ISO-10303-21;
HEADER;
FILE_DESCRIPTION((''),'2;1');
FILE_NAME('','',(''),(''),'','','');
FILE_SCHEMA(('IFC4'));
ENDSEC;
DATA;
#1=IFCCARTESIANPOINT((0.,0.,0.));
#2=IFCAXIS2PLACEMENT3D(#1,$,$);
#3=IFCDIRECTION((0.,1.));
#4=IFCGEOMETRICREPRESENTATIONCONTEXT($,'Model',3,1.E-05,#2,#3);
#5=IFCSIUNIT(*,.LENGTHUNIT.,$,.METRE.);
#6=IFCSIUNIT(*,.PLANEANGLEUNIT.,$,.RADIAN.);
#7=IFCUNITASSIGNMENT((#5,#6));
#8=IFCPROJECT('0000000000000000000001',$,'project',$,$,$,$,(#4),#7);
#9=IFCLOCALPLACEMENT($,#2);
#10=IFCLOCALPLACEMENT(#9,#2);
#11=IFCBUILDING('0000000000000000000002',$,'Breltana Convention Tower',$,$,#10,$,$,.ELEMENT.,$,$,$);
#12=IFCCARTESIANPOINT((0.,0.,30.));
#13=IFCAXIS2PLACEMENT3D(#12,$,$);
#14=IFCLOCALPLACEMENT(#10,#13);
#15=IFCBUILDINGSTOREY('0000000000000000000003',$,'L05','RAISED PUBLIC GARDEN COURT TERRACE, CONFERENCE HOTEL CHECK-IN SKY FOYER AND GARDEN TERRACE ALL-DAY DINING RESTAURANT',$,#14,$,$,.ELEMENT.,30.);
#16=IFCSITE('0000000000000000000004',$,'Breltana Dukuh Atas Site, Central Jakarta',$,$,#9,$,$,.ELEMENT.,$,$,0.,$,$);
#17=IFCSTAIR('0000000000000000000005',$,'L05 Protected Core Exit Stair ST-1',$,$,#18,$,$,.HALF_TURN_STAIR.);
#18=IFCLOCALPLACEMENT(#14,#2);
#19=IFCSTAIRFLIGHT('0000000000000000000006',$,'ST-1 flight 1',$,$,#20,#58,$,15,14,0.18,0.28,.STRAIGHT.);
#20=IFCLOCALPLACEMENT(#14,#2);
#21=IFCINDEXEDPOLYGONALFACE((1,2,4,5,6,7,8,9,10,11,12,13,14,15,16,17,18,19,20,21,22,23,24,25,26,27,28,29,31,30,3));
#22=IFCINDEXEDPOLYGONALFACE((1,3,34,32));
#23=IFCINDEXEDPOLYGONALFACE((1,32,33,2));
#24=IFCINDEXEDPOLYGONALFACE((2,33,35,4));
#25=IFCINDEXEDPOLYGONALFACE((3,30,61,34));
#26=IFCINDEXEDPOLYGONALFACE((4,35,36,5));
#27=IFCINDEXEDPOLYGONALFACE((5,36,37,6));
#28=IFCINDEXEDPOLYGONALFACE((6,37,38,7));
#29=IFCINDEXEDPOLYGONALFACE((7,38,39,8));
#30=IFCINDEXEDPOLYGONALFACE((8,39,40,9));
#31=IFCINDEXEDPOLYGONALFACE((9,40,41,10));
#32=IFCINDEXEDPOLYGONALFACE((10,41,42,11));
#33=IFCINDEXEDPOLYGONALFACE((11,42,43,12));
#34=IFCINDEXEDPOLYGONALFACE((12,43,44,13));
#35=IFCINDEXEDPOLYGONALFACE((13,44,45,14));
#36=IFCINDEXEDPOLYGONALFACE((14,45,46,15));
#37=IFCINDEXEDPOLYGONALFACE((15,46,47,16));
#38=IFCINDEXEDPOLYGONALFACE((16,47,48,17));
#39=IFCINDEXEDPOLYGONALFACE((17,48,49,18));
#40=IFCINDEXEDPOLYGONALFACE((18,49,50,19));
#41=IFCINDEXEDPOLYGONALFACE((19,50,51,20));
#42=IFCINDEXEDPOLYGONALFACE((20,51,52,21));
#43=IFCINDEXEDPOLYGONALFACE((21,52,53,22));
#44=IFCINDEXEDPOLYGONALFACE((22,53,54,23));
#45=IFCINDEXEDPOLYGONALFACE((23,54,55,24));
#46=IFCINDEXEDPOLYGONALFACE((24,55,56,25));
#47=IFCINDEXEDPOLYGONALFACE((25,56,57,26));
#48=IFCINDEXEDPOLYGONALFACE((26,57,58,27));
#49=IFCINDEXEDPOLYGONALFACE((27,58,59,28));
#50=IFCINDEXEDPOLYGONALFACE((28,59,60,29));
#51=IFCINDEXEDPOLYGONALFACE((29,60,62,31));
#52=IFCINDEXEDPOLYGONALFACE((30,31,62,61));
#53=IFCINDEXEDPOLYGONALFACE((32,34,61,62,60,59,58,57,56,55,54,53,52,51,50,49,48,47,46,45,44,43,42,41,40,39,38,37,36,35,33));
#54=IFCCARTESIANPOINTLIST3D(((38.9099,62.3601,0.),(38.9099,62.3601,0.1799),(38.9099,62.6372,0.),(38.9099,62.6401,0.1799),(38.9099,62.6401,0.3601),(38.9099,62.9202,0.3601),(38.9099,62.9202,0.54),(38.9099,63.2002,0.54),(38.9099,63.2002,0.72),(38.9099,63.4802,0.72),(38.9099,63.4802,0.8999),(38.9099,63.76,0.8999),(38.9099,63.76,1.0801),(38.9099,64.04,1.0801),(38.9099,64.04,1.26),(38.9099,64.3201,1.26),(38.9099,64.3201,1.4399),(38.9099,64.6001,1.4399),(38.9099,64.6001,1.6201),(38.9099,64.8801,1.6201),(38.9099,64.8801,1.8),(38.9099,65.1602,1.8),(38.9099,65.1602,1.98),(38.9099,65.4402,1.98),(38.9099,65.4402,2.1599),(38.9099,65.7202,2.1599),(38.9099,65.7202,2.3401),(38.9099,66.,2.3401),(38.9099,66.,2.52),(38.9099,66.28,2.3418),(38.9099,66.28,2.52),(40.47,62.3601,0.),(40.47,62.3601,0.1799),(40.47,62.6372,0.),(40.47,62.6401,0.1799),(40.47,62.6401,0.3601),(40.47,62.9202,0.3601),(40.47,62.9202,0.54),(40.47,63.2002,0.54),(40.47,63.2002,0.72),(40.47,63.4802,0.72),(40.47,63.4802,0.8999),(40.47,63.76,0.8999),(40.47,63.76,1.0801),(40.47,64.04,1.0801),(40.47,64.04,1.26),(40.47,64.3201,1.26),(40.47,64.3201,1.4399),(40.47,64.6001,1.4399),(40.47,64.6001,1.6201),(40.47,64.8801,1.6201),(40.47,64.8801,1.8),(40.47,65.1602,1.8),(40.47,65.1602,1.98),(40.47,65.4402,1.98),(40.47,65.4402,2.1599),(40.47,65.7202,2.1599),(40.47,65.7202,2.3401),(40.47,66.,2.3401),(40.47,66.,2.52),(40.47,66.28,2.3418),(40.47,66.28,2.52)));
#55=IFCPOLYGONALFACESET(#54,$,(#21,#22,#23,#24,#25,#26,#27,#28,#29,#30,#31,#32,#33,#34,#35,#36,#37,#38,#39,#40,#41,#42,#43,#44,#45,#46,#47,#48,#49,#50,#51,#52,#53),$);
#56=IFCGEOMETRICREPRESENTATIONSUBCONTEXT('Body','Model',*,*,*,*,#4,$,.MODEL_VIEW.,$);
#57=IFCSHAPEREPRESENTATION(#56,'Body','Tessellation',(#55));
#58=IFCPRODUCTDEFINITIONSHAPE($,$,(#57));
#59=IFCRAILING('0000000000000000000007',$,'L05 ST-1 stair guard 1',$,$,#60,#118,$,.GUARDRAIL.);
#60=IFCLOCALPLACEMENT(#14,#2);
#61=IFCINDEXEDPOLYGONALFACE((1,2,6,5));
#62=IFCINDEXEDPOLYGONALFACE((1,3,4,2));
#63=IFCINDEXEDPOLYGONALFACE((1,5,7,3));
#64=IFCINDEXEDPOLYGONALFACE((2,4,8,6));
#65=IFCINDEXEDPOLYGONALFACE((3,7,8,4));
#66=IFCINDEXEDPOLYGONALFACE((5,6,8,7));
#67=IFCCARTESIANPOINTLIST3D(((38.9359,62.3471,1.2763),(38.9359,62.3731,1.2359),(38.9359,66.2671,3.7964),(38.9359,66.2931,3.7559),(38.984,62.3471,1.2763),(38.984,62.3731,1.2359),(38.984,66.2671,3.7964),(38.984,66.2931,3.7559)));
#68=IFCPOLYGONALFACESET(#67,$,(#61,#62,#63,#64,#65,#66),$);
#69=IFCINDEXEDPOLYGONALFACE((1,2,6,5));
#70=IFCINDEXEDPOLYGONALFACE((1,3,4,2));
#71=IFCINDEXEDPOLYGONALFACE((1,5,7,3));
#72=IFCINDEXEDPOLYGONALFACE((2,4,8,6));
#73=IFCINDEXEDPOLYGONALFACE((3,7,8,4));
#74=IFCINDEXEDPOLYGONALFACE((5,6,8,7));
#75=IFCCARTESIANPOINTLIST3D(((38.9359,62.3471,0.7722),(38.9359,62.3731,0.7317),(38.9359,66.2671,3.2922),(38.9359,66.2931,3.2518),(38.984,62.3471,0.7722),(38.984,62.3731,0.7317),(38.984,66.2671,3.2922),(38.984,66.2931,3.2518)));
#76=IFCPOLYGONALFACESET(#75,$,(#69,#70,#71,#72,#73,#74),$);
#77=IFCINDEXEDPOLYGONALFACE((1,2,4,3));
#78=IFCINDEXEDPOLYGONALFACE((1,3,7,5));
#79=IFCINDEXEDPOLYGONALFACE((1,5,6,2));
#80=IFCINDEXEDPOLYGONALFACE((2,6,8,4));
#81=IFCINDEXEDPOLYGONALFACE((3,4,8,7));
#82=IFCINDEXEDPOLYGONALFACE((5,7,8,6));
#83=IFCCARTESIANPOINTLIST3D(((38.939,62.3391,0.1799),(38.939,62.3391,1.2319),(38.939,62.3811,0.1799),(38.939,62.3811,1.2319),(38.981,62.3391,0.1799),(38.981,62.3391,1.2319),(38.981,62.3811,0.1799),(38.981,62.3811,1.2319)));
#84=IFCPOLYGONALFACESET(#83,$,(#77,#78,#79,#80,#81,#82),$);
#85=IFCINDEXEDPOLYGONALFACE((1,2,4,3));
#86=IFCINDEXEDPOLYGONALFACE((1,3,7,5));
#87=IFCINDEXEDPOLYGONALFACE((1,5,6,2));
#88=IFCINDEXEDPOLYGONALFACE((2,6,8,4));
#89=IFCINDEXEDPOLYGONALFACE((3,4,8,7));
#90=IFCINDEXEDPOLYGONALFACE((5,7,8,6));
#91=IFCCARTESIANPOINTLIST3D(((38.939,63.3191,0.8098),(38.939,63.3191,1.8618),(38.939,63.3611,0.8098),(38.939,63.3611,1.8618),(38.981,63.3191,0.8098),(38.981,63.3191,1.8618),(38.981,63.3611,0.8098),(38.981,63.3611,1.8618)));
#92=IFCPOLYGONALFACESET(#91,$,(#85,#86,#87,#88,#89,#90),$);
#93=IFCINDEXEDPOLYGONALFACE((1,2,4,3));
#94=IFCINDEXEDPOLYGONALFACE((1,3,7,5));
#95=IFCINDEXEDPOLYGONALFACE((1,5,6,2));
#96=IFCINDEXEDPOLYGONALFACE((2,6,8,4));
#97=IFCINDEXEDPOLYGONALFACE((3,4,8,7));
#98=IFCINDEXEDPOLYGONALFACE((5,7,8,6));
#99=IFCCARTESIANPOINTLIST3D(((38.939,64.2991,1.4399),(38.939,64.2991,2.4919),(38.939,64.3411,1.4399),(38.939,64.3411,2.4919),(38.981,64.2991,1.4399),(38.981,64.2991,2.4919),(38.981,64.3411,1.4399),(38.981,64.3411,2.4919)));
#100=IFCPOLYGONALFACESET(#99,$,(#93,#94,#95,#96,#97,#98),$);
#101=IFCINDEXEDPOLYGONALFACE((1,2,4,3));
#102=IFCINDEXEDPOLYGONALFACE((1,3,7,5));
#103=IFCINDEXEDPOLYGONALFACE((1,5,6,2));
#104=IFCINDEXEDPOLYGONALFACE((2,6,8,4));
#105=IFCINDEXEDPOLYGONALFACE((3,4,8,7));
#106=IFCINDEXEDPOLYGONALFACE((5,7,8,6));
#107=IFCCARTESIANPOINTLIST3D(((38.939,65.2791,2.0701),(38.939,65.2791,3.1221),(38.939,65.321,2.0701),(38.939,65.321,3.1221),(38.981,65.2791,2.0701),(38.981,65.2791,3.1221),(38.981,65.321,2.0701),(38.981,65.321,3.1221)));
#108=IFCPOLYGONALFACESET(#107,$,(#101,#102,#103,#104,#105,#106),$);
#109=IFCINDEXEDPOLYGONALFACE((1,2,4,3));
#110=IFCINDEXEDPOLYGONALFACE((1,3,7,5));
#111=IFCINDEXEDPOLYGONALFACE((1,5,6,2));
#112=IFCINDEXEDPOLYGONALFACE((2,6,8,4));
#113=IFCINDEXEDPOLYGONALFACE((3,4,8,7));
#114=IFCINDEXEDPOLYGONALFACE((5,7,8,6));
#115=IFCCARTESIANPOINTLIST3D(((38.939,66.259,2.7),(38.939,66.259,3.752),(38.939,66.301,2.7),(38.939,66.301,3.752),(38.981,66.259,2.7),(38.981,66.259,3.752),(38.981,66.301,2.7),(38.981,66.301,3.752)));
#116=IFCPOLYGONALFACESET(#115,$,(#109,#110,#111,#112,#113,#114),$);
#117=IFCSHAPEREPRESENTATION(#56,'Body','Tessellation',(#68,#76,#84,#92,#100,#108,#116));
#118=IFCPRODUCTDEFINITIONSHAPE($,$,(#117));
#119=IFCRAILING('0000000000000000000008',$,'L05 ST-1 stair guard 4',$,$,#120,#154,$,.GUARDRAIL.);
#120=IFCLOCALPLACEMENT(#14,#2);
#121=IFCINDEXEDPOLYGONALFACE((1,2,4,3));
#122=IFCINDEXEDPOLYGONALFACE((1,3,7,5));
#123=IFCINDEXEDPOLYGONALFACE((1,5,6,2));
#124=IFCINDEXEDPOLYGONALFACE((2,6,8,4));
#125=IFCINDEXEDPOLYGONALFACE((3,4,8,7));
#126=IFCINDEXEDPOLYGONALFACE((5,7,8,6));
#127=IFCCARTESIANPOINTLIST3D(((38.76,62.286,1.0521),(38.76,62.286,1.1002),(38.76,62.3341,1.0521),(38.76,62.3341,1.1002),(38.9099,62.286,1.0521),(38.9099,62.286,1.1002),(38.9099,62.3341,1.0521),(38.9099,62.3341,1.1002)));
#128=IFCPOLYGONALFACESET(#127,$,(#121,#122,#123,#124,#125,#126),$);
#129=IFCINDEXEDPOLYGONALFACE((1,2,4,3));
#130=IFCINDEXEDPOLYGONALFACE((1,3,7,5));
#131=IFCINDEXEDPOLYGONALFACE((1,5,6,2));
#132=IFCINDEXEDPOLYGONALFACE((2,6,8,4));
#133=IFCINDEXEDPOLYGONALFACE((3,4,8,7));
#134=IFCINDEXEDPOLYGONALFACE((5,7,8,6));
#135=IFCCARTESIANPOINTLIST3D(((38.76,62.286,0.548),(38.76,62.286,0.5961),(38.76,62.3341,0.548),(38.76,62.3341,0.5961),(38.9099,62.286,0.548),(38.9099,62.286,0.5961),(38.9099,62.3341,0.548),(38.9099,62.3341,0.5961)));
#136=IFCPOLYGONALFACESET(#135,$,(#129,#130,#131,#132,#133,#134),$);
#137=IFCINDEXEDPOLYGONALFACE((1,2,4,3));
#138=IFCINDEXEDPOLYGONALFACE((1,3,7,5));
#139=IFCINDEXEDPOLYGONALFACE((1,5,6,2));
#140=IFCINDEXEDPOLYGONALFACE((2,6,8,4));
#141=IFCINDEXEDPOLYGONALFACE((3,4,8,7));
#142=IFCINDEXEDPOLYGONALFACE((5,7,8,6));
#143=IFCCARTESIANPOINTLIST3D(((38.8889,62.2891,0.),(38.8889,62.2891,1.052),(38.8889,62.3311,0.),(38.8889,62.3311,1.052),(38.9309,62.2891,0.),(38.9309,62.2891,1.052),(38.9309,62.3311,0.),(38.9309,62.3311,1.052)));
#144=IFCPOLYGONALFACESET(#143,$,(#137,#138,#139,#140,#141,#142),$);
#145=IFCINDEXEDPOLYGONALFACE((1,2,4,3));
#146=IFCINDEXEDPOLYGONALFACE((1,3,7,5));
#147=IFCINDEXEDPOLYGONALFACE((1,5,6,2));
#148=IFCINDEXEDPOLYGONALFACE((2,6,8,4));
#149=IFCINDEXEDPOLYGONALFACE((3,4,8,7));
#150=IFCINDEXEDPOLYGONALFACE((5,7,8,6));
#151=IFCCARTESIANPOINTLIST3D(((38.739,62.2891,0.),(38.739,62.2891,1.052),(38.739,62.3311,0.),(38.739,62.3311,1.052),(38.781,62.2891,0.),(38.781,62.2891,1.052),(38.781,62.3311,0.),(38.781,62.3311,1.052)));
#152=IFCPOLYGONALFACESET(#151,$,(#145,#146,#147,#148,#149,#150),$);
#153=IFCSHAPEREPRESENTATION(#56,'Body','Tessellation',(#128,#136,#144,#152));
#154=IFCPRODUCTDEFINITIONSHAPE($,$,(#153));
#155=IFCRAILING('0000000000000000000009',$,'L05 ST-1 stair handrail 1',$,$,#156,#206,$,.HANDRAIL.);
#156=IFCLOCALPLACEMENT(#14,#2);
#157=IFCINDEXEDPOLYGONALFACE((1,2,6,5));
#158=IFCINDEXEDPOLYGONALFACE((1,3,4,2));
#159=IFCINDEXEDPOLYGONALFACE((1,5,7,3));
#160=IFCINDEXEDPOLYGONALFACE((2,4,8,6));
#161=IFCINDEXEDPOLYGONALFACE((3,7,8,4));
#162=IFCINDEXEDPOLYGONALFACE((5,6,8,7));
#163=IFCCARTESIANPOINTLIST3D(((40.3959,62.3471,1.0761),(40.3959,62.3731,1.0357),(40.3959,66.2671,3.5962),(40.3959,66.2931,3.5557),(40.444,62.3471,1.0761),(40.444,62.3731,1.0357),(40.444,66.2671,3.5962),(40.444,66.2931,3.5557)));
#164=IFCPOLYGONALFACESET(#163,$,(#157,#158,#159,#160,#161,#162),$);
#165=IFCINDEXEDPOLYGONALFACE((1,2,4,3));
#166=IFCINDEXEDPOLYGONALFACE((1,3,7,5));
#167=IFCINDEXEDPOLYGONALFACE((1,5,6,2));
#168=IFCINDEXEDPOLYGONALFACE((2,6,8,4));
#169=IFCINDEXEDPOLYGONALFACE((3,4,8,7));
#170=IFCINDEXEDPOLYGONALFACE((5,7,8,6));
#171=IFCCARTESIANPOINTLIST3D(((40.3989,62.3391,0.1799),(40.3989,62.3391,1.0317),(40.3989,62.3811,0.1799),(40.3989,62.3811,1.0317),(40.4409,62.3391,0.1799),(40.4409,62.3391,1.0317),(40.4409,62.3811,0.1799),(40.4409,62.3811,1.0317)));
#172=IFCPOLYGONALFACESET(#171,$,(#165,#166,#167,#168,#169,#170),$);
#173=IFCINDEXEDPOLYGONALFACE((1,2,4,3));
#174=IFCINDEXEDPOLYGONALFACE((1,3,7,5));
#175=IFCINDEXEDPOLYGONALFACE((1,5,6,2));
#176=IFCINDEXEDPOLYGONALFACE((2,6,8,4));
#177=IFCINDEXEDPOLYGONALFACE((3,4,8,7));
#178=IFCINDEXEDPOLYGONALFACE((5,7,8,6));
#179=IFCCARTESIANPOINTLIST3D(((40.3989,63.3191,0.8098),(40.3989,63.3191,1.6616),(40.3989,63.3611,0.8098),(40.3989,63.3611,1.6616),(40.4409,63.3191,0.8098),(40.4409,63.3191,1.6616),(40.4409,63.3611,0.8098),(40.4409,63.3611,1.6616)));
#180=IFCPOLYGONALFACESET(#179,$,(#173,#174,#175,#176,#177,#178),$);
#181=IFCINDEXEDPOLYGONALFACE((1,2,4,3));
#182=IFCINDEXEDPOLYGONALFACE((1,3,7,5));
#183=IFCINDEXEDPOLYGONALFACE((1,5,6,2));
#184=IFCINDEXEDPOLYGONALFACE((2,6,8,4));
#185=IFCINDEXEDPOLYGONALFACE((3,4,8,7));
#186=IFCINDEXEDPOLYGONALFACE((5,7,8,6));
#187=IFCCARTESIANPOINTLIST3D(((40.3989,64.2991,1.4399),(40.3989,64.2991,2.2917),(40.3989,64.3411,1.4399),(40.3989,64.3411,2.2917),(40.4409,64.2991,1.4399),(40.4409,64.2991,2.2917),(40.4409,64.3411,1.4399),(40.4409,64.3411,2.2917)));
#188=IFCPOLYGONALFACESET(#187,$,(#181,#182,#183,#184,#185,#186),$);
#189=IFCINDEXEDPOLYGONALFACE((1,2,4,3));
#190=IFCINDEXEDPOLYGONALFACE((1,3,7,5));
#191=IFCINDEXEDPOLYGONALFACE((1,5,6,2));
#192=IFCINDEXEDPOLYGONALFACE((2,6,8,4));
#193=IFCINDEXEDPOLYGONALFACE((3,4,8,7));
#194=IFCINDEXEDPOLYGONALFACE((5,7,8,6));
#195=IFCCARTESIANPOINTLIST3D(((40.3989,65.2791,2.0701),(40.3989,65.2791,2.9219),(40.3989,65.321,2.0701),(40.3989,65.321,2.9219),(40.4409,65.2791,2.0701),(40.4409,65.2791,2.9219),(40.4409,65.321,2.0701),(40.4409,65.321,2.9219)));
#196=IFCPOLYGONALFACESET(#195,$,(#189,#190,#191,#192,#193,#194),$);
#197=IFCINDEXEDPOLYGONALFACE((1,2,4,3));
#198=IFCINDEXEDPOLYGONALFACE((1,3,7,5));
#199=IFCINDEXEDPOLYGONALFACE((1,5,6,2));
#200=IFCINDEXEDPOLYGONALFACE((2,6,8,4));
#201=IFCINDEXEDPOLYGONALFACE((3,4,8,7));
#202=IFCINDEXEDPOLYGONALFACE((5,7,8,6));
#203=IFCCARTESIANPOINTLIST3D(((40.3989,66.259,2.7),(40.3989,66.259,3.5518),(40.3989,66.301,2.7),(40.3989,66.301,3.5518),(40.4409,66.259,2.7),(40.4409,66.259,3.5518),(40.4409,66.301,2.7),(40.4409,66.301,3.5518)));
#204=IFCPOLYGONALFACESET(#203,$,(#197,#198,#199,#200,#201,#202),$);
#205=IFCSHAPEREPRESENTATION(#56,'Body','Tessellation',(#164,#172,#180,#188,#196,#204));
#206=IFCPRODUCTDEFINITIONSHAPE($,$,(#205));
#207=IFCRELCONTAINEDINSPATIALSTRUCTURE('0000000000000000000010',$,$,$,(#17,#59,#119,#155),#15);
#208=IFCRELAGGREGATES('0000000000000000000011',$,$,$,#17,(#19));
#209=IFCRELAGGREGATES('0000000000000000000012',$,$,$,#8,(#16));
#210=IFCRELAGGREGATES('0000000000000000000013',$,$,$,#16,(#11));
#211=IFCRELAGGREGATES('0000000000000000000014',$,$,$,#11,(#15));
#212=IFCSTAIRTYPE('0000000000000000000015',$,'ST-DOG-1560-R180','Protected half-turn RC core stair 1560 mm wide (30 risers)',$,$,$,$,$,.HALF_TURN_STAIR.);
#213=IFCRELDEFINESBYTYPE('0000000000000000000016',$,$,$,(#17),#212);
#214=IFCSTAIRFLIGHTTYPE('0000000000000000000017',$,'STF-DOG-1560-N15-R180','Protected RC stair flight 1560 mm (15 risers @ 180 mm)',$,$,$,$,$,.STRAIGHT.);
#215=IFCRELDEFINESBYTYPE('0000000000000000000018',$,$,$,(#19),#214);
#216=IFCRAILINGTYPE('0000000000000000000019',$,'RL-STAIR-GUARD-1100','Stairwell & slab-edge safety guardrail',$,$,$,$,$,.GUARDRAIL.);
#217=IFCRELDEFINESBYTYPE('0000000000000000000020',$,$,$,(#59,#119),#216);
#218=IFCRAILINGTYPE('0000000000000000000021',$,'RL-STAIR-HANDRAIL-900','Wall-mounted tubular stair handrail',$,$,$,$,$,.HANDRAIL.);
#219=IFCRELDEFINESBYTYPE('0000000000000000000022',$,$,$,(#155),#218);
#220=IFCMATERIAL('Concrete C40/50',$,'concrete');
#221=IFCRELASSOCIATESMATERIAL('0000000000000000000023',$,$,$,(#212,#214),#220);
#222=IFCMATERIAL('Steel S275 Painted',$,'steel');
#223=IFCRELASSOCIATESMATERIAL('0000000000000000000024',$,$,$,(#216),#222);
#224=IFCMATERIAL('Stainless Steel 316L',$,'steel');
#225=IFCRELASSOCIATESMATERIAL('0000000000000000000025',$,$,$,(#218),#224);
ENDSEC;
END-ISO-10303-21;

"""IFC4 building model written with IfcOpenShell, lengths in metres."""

from ifc_helpers import new_model, si_unit, direction, frame, origin, origin_2d, place, context, subcontext, project, spatial, polyline, rectangle, outline, extrude, material, type_object, element, aggregate, save


model = new_model("IFC4")

# Units and contexts
model_context = context("Model", 3, precision=1e-05, world=origin(), true_north=direction((0.0, 1.0)))
body_context = subcontext(model_context, "Body", "Model", "MODEL_VIEW")
ifc_project = project(units=[si_unit("LENGTHUNIT", "METRE"), si_unit("PLANEANGLEUNIT", "RADIAN")], contexts=[model_context])

# Site, building, storey
site_placement = place(None, origin())
site = spatial("IfcSite", under=ifc_project, at=site_placement, Name="Breltana Dukuh Atas Site, Central Jakarta", CompositionType="ELEMENT", RefElevation=0.0)
building_placement = place(site_placement, origin())
building = spatial("IfcBuilding", under=site, at=building_placement, Name="Breltana Convention Tower", CompositionType="ELEMENT")
storey_placement = place(building_placement, frame((0.0, 0.0, 30.0)))
storey = spatial("IfcBuildingStorey", under=building, at=storey_placement, Name="L05", Description="RAISED PUBLIC GARDEN COURT TERRACE, CONFERENCE HOTEL CHECK-IN SKY FOYER AND GARDEN TERRACE ALL-DAY DINING RESTAURANT", CompositionType="ELEMENT", Elevation=30.0)

# Stair, stair flight
ifc_material_1 = material(Name="Concrete C40/50", Category="concrete")
stair_type = type_object("IfcStairType", Name="ST-DOG-1560-R180", Description="Protected half-turn RC core stair 1560 mm wide (30 risers)", PredefinedType="HALF_TURN_STAIR", material=ifc_material_1)
stair_placement = place(storey_placement, origin())
stair = element("IfcStair", 1, at=stair_placement, inside=storey, type_object=stair_type, Name="L05 Protected Core Exit Stair ST-1", PredefinedType="HALF_TURN_STAIR")
stair_flight_type = type_object("IfcStairFlightType", Name="STF-DOG-1560-N15-R180", Description="Protected RC stair flight 1560 mm (15 risers @ 180 mm)", PredefinedType="STRAIGHT", material=ifc_material_1)
stair_flight_placement = place(storey_placement, frame((39.6899, 62.3601, 0.0), z_axis=(0.0, 0.0, 1.0), x_axis=(0.0, 1.0, 0.0)))
stair_flight = element("IfcStairFlight", 2, at=stair_flight_placement, type_object=stair_flight_type, Name="ST-1 flight 1", NumberOfRisers=15, NumberOfTreads=14, PredefinedType="STRAIGHT", RiserHeight=0.18, TreadLength=0.28, context=body_context, shape_type="SweptSolid", body=[
    extrude(outline(polyline([(0.0, 0.0), (0.0, 0.1799), (0.28, 0.1799), (0.28, 0.3601), (0.5601, 0.3601), (0.5601, 0.54), (0.8401, 0.54), (0.8401, 0.72), (1.1201, 0.72), (1.1201, 0.8999), (1.3999, 0.8999), (1.3999, 1.0801), (1.6799, 1.0801), (1.6799, 1.26), (1.96, 1.26), (1.96, 1.4399), (2.24, 1.4399), (2.24, 1.6201), (2.52, 1.6201), (2.52, 1.8), (2.8, 1.8), (2.8, 1.98), (3.0801, 1.98), (3.0801, 2.1599), (3.3601, 2.1599), (3.3601, 2.3401), (3.6399, 2.3401), (3.6399, 2.52), (3.9199, 2.52), (3.9199, 2.7), (3.9199, 2.3418), (0.2771, 0.0), (0.0, 0.0)])), frame((0.0, 0.78, 0.0), z_axis=(0.0, -1.0, 0.0), x_axis=(1.0, 0.0, 0.0)), (0.0, 0.0, 1.0), 1.5601),
])
aggregate(stair, [stair_flight])

# Railings
ifc_material_2 = material(Name="Steel S275 Painted", Category="steel")
railing_type_1 = type_object("IfcRailingType", Name="RL-STAIR-GUARD-1100", Description="Stairwell & slab-edge safety guardrail", PredefinedType="GUARDRAIL", material=ifc_material_2)
railing_1_placement = place(storey_placement, frame((38.96, 62.3601, 0.1799)))
element("IfcRailing", 3, at=railing_1_placement, inside=storey, type_object=railing_type_1, Name="L05 ST-1 stair guard 1", PredefinedType="GUARDRAIL", context=body_context, shape_type="SweptSolid", body=[
    extrude(rectangle(XDim=0.0481, YDim=0.0481, at=origin_2d()), frame((0.0, 0.0, 1.0762), z_axis=(0.0, 0.841172, 0.540768), x_axis=(-1.0, 0.0, 0.0)), (0.0, 0.0, 1.0), 4.6602),
    extrude(rectangle(XDim=0.0481, YDim=0.0481, at=origin_2d()), frame((0.0, 0.0, 0.572), z_axis=(0.0, 0.841172, 0.540768), x_axis=(-1.0, 0.0, 0.0)), (0.0, 0.0, 1.0), 4.6602),
    extrude(rectangle(XDim=0.042, YDim=0.042, at=origin_2d()), origin(), (0.0, 0.0, 1.0), 1.052),
    extrude(rectangle(XDim=0.042, YDim=0.042, at=origin_2d()), frame((0.0, 0.98, 0.6299)), (0.0, 0.0, 1.0), 1.052),
    extrude(rectangle(XDim=0.042, YDim=0.042, at=origin_2d()), frame((0.0, 1.96, 1.26)), (0.0, 0.0, 1.0), 1.052),
    extrude(rectangle(XDim=0.042, YDim=0.042, at=origin_2d()), frame((0.0, 2.9399, 1.8901)), (0.0, 0.0, 1.0), 1.052),
    extrude(rectangle(XDim=0.042, YDim=0.042, at=origin_2d()), frame((0.0, 3.9199, 2.52)), (0.0, 0.0, 1.0), 1.052),
])
railing_2_placement = place(storey_placement, frame((38.9099, 62.3101, 0.0)))
element("IfcRailing", 4, at=railing_2_placement, inside=storey, type_object=railing_type_1, Name="L05 ST-1 stair guard 4", PredefinedType="GUARDRAIL", context=body_context, shape_type="SweptSolid", body=[
    extrude(rectangle(XDim=0.0481, YDim=0.0481, at=origin_2d()), frame((0.0, 0.0, 1.0762), z_axis=(-1.0, 0.0, 0.0), x_axis=(0.0, -1.0, 0.0)), (0.0, 0.0, 1.0), 0.1499),
    extrude(rectangle(XDim=0.0481, YDim=0.0481, at=origin_2d()), frame((0.0, 0.0, 0.572), z_axis=(-1.0, 0.0, 0.0), x_axis=(0.0, -1.0, 0.0)), (0.0, 0.0, 1.0), 0.1499),
    extrude(rectangle(XDim=0.042, YDim=0.042, at=origin_2d()), origin(), (0.0, 0.0, 1.0), 1.052),
    extrude(rectangle(XDim=0.042, YDim=0.042, at=origin_2d()), frame((-0.1499, 0.0, 0.0)), (0.0, 0.0, 1.0), 1.052),
])
ifc_material_3 = material(Name="Stainless Steel 316L", Category="steel")
railing_type_2 = type_object("IfcRailingType", Name="RL-STAIR-HANDRAIL-900", Description="Wall-mounted tubular stair handrail", PredefinedType="HANDRAIL", material=ifc_material_3)
railing_3_placement = place(storey_placement, frame((40.4199, 62.3601, 0.1799)))
element("IfcRailing", 5, at=railing_3_placement, inside=storey, type_object=railing_type_2, Name="L05 ST-1 stair handrail 1", PredefinedType="HANDRAIL", context=body_context, shape_type="SweptSolid", body=[
    extrude(rectangle(XDim=0.0481, YDim=0.0481, at=origin_2d()), frame((0.0, 0.0, 0.876), z_axis=(0.0, 0.841172, 0.540768), x_axis=(-1.0, 0.0, 0.0)), (0.0, 0.0, 1.0), 4.6602),
    extrude(rectangle(XDim=0.042, YDim=0.042, at=origin_2d()), origin(), (0.0, 0.0, 1.0), 0.8518),
    extrude(rectangle(XDim=0.042, YDim=0.042, at=origin_2d()), frame((0.0, 0.98, 0.6299)), (0.0, 0.0, 1.0), 0.8518),
    extrude(rectangle(XDim=0.042, YDim=0.042, at=origin_2d()), frame((0.0, 1.96, 1.26)), (0.0, 0.0, 1.0), 0.8518),
    extrude(rectangle(XDim=0.042, YDim=0.042, at=origin_2d()), frame((0.0, 2.9399, 1.8901)), (0.0, 0.0, 1.0), 0.8518),
    extrude(rectangle(XDim=0.042, YDim=0.042, at=origin_2d()), frame((0.0, 3.9199, 2.52)), (0.0, 0.0, 1.0), 0.8518),
])

save(model, "model.ifc")
